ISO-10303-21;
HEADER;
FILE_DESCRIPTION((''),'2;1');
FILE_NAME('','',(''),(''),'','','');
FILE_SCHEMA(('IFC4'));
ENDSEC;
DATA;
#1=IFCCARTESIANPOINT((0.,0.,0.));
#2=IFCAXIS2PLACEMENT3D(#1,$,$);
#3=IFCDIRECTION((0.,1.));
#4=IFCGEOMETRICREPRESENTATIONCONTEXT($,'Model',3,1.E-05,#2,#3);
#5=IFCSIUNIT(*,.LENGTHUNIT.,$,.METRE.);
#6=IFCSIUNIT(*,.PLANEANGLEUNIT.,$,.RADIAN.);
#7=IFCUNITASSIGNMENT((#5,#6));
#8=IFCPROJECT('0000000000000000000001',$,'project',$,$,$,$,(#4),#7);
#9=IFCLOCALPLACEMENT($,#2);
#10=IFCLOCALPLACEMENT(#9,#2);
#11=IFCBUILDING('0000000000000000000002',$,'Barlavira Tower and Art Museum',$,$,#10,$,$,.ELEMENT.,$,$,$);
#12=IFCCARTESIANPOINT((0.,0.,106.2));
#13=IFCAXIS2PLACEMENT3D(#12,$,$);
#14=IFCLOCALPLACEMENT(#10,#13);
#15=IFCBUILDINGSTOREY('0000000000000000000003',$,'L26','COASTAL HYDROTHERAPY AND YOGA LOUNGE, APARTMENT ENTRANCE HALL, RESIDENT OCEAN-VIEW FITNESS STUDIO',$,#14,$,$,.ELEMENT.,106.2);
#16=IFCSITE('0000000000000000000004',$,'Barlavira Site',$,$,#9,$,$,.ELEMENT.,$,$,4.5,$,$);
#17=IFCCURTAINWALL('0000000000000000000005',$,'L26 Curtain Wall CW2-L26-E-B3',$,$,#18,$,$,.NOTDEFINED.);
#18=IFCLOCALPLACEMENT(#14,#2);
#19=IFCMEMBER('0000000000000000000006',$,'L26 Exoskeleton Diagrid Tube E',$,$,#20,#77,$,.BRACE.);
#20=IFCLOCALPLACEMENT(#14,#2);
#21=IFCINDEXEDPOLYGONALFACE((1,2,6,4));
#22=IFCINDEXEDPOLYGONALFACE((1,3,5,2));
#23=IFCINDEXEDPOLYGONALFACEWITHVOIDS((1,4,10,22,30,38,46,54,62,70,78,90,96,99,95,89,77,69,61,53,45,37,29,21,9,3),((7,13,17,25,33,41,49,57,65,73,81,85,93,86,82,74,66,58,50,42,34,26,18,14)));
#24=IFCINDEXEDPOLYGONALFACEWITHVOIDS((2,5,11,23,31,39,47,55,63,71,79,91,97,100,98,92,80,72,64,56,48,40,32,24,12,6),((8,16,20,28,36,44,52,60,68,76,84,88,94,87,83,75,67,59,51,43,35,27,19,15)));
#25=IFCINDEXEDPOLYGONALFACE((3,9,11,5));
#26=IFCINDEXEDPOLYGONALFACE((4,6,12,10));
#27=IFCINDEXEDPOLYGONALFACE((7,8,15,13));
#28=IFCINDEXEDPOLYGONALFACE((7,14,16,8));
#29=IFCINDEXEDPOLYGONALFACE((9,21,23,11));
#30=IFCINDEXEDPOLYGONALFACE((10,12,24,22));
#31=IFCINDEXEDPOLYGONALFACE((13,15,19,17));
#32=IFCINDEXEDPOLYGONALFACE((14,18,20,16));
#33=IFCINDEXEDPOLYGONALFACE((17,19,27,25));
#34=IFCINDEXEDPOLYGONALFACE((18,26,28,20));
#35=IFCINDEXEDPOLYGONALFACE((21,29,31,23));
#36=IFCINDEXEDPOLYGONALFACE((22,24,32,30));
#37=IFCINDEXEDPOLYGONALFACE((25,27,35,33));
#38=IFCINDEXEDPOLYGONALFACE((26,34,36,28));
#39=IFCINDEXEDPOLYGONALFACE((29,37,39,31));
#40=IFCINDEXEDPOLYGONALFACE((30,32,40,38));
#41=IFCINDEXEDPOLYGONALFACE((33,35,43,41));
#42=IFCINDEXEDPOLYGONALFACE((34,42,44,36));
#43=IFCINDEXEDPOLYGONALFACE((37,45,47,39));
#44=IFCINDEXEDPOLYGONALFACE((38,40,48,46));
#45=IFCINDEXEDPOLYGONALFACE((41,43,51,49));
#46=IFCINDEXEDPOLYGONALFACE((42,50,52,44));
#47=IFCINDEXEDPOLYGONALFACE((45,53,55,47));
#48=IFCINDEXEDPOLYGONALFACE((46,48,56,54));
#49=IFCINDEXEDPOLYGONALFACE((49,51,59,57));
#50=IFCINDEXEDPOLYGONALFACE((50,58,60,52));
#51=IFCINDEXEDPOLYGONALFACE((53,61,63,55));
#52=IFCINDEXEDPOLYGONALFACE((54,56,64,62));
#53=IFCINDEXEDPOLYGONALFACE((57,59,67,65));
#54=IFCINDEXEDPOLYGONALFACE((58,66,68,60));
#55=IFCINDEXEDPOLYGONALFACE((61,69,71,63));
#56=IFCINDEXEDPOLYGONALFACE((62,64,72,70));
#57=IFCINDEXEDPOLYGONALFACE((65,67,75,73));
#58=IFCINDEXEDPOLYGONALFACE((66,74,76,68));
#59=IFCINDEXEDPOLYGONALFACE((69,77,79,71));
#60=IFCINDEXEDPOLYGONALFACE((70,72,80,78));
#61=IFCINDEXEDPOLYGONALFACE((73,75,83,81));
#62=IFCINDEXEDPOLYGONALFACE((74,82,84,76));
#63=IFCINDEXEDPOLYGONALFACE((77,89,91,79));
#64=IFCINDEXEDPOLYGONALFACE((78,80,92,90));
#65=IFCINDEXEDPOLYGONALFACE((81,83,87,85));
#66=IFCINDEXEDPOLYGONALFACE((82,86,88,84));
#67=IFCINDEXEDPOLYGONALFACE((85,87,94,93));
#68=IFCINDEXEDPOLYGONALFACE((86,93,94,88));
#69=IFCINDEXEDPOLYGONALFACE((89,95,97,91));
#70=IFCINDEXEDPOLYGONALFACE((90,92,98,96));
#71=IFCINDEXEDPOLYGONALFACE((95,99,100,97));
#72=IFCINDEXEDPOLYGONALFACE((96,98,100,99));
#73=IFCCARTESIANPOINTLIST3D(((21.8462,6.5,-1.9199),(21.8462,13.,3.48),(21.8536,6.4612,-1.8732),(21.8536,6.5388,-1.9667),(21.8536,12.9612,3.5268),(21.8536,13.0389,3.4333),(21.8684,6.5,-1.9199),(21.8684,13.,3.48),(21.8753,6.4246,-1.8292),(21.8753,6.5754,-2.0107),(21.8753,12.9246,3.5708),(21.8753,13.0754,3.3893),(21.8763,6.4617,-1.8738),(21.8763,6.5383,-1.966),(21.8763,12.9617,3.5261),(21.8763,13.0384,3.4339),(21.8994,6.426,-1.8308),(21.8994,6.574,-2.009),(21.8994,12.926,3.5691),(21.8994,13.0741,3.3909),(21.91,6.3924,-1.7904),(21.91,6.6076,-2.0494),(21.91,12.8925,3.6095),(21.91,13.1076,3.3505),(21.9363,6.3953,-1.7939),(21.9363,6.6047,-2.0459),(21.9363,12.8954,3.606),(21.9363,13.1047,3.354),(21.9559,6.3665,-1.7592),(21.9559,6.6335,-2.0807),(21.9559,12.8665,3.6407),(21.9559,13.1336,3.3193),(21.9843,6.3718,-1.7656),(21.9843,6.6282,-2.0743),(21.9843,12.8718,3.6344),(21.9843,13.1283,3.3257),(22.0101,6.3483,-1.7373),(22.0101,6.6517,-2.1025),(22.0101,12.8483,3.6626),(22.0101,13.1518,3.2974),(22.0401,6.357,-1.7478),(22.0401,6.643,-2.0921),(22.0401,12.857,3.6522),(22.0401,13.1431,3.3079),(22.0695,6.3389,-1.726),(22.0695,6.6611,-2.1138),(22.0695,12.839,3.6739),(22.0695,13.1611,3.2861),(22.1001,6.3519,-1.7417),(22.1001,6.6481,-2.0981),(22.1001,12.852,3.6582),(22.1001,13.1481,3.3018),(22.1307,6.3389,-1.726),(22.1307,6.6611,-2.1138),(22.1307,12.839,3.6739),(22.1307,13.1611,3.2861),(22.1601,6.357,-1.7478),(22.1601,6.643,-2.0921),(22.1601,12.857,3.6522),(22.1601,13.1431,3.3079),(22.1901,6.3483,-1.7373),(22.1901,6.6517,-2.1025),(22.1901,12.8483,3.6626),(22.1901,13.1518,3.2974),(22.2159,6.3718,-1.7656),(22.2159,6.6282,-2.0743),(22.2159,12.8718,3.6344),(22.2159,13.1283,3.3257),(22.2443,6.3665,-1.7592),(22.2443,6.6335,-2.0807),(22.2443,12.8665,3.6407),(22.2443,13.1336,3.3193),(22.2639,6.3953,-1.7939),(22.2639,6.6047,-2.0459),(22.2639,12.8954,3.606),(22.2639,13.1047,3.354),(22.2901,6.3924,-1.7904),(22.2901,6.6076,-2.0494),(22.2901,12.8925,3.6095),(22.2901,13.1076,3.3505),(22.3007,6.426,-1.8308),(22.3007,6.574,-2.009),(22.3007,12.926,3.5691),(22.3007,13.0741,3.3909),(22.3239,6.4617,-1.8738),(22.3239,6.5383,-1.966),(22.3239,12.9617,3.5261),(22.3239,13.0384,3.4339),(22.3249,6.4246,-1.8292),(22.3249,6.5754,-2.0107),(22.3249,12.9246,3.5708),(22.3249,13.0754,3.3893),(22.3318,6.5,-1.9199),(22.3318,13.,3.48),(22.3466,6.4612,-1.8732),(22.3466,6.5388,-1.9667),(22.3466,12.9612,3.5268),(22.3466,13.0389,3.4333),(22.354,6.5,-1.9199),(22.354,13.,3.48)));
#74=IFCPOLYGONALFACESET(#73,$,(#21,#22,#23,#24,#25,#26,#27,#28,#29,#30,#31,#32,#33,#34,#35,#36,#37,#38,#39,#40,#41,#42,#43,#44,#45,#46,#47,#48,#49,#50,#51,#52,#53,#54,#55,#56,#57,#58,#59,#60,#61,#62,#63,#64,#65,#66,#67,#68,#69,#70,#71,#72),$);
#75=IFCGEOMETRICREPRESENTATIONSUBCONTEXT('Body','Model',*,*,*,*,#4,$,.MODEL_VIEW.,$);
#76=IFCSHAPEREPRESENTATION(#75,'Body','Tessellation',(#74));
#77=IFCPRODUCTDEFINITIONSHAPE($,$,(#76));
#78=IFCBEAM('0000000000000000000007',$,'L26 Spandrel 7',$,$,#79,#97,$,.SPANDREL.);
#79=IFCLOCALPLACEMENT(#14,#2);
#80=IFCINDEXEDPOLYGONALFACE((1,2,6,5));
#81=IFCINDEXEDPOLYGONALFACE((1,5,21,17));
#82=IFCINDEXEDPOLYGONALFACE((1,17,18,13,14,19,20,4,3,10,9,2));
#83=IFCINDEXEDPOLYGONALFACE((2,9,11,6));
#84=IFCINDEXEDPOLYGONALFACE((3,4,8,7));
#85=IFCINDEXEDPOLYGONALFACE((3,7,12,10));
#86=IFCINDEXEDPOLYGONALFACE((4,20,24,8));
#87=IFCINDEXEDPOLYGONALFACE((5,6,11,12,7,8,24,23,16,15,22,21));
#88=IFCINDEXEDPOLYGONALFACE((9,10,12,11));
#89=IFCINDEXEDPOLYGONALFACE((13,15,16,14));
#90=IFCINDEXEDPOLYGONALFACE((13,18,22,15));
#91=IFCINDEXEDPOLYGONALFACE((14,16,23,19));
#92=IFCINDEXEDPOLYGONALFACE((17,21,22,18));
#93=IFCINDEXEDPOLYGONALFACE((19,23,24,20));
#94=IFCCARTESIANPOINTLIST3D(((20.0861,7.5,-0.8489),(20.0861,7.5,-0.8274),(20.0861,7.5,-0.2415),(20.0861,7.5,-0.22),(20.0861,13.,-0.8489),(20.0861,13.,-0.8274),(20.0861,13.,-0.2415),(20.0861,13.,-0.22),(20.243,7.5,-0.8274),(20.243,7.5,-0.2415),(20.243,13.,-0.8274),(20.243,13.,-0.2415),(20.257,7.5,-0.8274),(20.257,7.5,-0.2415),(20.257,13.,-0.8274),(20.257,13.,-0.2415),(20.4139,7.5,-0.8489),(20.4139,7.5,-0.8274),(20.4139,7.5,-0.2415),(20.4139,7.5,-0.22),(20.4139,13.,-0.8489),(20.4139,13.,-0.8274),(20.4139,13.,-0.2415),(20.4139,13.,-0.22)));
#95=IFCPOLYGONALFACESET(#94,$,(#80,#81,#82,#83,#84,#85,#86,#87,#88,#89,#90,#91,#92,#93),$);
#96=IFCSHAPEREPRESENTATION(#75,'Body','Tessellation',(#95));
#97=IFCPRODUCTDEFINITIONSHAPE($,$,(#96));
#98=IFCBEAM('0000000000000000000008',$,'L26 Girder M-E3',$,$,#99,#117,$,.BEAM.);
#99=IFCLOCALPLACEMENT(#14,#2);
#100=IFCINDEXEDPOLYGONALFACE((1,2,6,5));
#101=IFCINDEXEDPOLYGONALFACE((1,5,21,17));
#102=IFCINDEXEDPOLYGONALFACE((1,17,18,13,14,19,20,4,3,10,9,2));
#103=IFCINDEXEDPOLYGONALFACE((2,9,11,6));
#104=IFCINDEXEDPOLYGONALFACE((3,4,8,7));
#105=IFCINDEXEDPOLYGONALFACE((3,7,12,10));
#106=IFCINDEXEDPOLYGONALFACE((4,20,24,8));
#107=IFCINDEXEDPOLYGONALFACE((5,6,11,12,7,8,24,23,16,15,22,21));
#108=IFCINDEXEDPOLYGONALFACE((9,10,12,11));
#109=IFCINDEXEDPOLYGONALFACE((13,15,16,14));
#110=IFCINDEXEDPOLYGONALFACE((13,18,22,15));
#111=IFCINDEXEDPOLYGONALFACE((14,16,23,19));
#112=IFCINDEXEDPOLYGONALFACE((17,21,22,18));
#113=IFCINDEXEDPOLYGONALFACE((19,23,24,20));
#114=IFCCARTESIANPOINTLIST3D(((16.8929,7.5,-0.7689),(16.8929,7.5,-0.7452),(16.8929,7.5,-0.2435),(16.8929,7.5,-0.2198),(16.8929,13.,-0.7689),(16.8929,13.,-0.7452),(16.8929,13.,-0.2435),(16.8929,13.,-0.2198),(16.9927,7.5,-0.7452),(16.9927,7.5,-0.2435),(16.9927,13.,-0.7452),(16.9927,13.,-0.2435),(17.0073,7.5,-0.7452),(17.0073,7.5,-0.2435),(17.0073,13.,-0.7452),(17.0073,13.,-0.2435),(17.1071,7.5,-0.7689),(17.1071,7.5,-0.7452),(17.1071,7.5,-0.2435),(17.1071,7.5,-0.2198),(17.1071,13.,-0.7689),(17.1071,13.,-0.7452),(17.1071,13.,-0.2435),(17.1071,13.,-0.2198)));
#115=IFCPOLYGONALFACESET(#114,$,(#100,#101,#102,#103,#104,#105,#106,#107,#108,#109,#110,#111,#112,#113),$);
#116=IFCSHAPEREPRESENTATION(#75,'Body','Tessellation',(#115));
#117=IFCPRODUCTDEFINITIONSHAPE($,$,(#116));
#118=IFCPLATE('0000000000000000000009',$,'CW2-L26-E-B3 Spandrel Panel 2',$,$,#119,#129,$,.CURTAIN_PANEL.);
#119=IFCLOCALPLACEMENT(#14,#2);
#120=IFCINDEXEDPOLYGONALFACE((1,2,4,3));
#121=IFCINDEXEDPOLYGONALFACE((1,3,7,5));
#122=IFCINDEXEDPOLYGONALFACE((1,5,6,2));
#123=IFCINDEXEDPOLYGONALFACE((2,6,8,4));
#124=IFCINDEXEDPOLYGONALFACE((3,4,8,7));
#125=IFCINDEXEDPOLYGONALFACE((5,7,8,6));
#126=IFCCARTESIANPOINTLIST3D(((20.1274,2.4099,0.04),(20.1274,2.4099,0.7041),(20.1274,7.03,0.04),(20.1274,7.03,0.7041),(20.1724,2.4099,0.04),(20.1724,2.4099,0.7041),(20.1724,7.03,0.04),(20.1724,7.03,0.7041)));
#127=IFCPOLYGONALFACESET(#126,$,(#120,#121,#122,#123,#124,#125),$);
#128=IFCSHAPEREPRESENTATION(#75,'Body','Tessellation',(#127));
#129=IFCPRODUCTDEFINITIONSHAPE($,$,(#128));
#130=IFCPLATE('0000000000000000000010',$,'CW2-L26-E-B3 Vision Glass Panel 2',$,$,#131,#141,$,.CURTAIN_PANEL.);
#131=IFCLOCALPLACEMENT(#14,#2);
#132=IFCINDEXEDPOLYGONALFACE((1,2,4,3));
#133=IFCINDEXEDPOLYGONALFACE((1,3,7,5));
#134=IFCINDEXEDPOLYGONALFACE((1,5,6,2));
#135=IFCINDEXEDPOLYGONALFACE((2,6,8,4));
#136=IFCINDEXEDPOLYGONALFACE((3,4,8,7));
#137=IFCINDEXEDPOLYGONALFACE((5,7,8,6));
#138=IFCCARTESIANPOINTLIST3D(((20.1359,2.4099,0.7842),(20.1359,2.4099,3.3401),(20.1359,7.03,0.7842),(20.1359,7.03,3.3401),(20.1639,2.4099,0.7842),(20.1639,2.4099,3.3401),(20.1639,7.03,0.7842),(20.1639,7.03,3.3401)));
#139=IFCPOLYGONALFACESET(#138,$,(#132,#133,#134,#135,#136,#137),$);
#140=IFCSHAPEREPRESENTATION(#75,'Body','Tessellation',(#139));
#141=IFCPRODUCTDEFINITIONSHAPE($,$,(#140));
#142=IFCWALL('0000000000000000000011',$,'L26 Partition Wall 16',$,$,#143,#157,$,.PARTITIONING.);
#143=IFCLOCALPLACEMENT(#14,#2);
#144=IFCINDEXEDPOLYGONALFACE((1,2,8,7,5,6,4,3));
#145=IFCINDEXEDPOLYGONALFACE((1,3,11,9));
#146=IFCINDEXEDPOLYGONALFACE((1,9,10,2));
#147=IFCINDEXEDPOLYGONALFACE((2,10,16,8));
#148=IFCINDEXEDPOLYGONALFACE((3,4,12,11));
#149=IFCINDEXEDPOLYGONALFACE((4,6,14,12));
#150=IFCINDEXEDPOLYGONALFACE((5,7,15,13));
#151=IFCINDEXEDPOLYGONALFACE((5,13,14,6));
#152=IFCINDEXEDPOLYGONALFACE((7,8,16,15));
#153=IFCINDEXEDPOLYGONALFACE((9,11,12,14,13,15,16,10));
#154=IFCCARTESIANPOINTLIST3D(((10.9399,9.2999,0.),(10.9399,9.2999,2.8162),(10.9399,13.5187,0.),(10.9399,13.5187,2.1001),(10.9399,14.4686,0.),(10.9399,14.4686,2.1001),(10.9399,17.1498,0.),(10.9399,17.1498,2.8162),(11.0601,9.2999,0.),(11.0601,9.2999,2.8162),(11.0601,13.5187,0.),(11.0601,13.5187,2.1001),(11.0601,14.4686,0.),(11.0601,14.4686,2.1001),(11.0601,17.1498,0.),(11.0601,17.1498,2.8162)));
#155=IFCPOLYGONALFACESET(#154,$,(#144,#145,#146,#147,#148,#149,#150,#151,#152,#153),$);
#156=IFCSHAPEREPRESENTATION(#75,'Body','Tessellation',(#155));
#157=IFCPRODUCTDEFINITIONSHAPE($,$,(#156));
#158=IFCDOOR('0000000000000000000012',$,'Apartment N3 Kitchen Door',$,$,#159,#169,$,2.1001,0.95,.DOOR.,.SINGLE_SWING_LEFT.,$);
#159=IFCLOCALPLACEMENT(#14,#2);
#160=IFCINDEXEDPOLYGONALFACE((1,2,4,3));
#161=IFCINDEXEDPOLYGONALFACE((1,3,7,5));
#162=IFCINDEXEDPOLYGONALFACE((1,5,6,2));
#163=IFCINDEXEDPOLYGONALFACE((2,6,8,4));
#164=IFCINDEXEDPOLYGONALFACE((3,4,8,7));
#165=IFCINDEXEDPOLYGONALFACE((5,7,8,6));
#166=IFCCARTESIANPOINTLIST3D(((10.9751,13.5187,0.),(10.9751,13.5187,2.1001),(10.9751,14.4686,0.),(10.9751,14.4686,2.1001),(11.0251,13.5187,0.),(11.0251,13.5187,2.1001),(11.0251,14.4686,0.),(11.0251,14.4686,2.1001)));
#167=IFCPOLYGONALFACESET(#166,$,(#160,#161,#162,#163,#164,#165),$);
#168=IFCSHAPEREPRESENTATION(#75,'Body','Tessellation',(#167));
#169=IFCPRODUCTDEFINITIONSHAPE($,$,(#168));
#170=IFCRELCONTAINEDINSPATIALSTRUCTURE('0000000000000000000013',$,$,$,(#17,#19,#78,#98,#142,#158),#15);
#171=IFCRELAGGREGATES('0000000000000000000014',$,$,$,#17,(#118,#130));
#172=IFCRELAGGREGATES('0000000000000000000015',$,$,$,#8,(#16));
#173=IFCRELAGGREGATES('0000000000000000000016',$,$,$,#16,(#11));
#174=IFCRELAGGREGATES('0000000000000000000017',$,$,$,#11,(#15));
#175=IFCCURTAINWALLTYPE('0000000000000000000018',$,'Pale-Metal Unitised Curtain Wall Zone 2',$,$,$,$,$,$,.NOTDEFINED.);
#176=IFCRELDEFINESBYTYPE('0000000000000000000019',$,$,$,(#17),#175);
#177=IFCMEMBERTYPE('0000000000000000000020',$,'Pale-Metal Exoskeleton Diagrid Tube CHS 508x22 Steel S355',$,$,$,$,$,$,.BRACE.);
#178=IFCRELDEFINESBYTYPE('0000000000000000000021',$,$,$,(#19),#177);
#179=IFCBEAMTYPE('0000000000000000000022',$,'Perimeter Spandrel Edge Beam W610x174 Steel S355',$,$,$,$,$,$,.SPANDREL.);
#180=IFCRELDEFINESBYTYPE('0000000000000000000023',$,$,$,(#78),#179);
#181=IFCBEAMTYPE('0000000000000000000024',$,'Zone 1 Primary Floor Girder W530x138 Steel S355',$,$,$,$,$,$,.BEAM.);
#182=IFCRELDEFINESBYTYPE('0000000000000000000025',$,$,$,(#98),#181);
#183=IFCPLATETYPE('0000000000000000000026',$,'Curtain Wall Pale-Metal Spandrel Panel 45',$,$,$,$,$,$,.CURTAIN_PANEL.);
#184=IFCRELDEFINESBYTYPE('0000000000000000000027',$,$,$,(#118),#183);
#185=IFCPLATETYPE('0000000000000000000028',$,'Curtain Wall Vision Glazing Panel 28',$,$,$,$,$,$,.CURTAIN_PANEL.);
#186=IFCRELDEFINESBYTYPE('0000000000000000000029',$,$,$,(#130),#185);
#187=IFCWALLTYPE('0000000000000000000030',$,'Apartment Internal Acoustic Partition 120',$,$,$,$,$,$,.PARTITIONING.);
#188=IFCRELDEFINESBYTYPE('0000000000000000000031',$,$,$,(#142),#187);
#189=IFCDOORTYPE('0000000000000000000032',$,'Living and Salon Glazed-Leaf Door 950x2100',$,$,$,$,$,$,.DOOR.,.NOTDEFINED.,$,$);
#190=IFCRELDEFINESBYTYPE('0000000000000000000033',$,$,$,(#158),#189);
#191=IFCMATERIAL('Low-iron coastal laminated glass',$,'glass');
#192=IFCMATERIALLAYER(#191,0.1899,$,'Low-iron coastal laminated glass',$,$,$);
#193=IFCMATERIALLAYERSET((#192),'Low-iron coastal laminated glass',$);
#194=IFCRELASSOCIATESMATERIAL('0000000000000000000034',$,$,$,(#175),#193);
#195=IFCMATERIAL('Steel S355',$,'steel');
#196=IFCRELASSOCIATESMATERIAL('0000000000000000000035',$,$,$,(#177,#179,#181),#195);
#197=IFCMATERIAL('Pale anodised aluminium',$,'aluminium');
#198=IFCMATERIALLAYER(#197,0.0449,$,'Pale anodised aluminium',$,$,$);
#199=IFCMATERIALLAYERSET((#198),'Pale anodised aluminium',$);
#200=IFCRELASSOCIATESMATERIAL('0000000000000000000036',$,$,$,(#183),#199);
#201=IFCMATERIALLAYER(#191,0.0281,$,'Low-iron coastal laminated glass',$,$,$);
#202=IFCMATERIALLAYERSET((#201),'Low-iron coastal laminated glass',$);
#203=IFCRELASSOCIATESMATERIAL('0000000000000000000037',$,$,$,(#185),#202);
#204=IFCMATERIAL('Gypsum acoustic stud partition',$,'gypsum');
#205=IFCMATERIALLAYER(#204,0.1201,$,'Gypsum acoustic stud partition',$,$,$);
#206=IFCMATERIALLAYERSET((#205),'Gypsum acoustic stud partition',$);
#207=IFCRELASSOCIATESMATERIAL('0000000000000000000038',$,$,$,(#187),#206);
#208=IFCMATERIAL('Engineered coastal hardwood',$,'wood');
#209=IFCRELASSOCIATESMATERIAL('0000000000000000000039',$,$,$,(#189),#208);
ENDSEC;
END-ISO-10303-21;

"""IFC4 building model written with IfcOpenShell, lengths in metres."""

from ifc_helpers import new_model, si_unit, direction, frame, frame_2d, origin, origin_2d, place, context, subcontext, project, spatial, rectangle, hollow_circle, i_section, extrude, material, layer, layer_set, material_profile, profile_set, type_object, element, fill, aggregate, save


model = new_model("IFC4")

# Units and contexts
model_context = context("Model", 3, precision=1e-05, world=origin(), true_north=direction((0.0, 1.0)))
body_context = subcontext(model_context, "Body", "Model", "MODEL_VIEW")
ifc_project = project(units=[si_unit("LENGTHUNIT", "METRE"), si_unit("PLANEANGLEUNIT", "RADIAN")], contexts=[model_context])

# Site, building, storey
site_placement = place(None, origin())
site = spatial("IfcSite", under=ifc_project, at=site_placement, Name="Barlavira Site", CompositionType="ELEMENT", RefElevation=4.5)
building_placement = place(site_placement, origin())
building = spatial("IfcBuilding", under=site, at=building_placement, Name="Barlavira Tower and Art Museum", CompositionType="ELEMENT")
storey_placement = place(building_placement, frame((0.0, 0.0, 106.2)))
storey = spatial("IfcBuildingStorey", under=building, at=storey_placement, Name="L26", Description="COASTAL HYDROTHERAPY AND YOGA LOUNGE, APARTMENT ENTRANCE HALL, RESIDENT OCEAN-VIEW FITNESS STUDIO", CompositionType="ELEMENT", Elevation=106.2)

# Curtain wall
ifc_material_1 = material(Name="Low-iron coastal laminated glass", Category="glass")
ifc_layer_1 = layer(ifc_material_1, 0.1899, Name="Low-iron coastal laminated glass")
ifc_layer_set_1 = layer_set([ifc_layer_1], Name="Low-iron coastal laminated glass")
curtain_wall_type = type_object("IfcCurtainWallType", Name="Pale-Metal Unitised Curtain Wall Zone 2", PredefinedType="NOTDEFINED", material=ifc_layer_set_1)
curtain_wall_placement = place(storey_placement, origin())
curtain_wall = element("IfcCurtainWall", 1, at=curtain_wall_placement, inside=storey, type_object=curtain_wall_type, Name="L26 Curtain Wall CW2-L26-E-B3", PredefinedType="NOTDEFINED")
ifc_material_2 = material(Name="Pale anodised aluminium", Category="aluminium")

# Member
ifc_material_3 = material(Name="Steel S355", Category="steel")
ifc_material_profile_1 = material_profile(ifc_material_3, hollow_circle(Radius=0.2539, WallThickness=0.0222, at=origin_2d()), Name="CHS 508.0x22.2")
ifc_profile_set_1 = profile_set([ifc_material_profile_1], Name="Steel S355")
member_type_1 = type_object("IfcMemberType", Name="Pale-Metal Exoskeleton Diagrid Tube CHS 508x22 Steel S355", PredefinedType="BRACE", material=ifc_profile_set_1)
for number, where, z_axis, x_axis, name in (
    (2, (22.1001, 6.5, -1.9199), (0.0, 0.769196, 0.639013), (-1.0, 0.0, 0.0), "L26 Exoskeleton Diagrid Tube E"),
):
    element("IfcMember", number, at=place(storey_placement, frame(where, z_axis=z_axis, x_axis=x_axis)), inside=storey, type_object=member_type_1, Name=name, PredefinedType="BRACE", context=body_context, shape_type="SweptSolid", body=[
        extrude(hollow_circle(Radius=0.2539, WallThickness=0.0222, at=origin_2d()), origin(), (0.0, 0.0, 1.0), 8.4504),
    ])

# Beams
ifc_material_profile_2 = material_profile(ifc_material_3, i_section(OverallWidth=0.3279, OverallDepth=0.6289, WebThickness=0.0139, FlangeThickness=0.0215, at=origin_2d()), Name="W610x174.0")
ifc_profile_set_2 = profile_set([ifc_material_profile_2], Name="Steel S355")
beam_type_1 = type_object("IfcBeamType", Name="Perimeter Spandrel Edge Beam W610x174 Steel S355", PredefinedType="SPANDREL", material=ifc_profile_set_2)
beam_1_placement = place(storey_placement, frame((20.25, 7.5, -0.5344), z_axis=(0.0, 1.0, 0.0), x_axis=(-1.0, 0.0, 0.0)))
element("IfcBeam", 3, at=beam_1_placement, inside=storey, type_object=beam_type_1, Name="L26 Spandrel 7", PredefinedType="SPANDREL", context=body_context, shape_type="SweptSolid", body=[
    extrude(i_section(OverallWidth=0.3279, OverallDepth=0.6289, WebThickness=0.0139, FlangeThickness=0.0215, at=origin_2d()), origin(), (0.0, 0.0, 1.0), 5.5),
])
ifc_material_profile_3 = material_profile(ifc_material_3, i_section(OverallWidth=0.2141, OverallDepth=0.5491, WebThickness=0.0146, FlangeThickness=0.0237, at=origin_2d()), Name="W530x138.0")
ifc_profile_set_3 = profile_set([ifc_material_profile_3], Name="Steel S355")
beam_type_2 = type_object("IfcBeamType", Name="Zone 1 Primary Floor Girder W530x138 Steel S355", PredefinedType="BEAM", material=ifc_profile_set_3)
beam_2_placement = place(storey_placement, frame((17.0, 7.5, -0.4944), z_axis=(0.0, 1.0, 0.0), x_axis=(-1.0, 0.0, 0.0)))
element("IfcBeam", 4, at=beam_2_placement, inside=storey, type_object=beam_type_2, Name="L26 Girder M-E3", PredefinedType="BEAM", context=body_context, shape_type="SweptSolid", body=[
    extrude(i_section(OverallWidth=0.2141, OverallDepth=0.5491, WebThickness=0.0146, FlangeThickness=0.0237, at=origin_2d()), origin(), (0.0, 0.0, 1.0), 5.5),
])

# Plates
ifc_layer_2 = layer(ifc_material_2, 0.0449, Name="Pale anodised aluminium")
ifc_layer_set_2 = layer_set([ifc_layer_2], Name="Pale anodised aluminium")
plate_type_1 = type_object("IfcPlateType", Name="Curtain Wall Pale-Metal Spandrel Panel 45", PredefinedType="CURTAIN_PANEL", material=ifc_layer_set_2)
plate_1_placement = place(storey_placement, frame((20.1499, 4.72, 0.04), z_axis=(0.0, 0.0, 1.0), x_axis=(0.0, 1.0, 0.0)))
plate_1 = element("IfcPlate", 5, at=plate_1_placement, type_object=plate_type_1, Name="CW2-L26-E-B3 Spandrel Panel 2", PredefinedType="CURTAIN_PANEL", context=body_context, shape_type="SweptSolid", body=[
    extrude(rectangle(XDim=4.6201, YDim=0.0449, at=origin_2d()), origin(), (0.0, 0.0, 1.0), 0.6641),
])
ifc_layer_3 = layer(ifc_material_1, 0.0281, Name="Low-iron coastal laminated glass")
ifc_layer_set_3 = layer_set([ifc_layer_3], Name="Low-iron coastal laminated glass")
plate_type_2 = type_object("IfcPlateType", Name="Curtain Wall Vision Glazing Panel 28", PredefinedType="CURTAIN_PANEL", material=ifc_layer_set_3)
plate_2_placement = place(storey_placement, frame((20.1499, 4.72, 0.7842), z_axis=(0.0, 0.0, 1.0), x_axis=(0.0, 1.0, 0.0)))
plate_2 = element("IfcPlate", 6, at=plate_2_placement, type_object=plate_type_2, Name="CW2-L26-E-B3 Vision Glass Panel 2", PredefinedType="CURTAIN_PANEL", context=body_context, shape_type="SweptSolid", body=[
    extrude(rectangle(XDim=4.6201, YDim=0.0281, at=origin_2d()), origin(), (0.0, 0.0, 1.0), 2.5559),
])
aggregate(curtain_wall, [plate_1, plate_2])

# Wall, opening, door
ifc_material_4 = material(Name="Gypsum acoustic stud partition", Category="gypsum")
ifc_layer_4 = layer(ifc_material_4, 0.1201, Name="Gypsum acoustic stud partition")
ifc_layer_set_4 = layer_set([ifc_layer_4], Name="Gypsum acoustic stud partition")
wall_type_1 = type_object("IfcWallType", Name="Apartment Internal Acoustic Partition 120", PredefinedType="PARTITIONING", material=ifc_layer_set_4)
wall_1_placement = place(storey_placement, frame((11.0, 9.3, 0.0), z_axis=(0.0, 0.0, 1.0), x_axis=(0.0, 1.0, 0.0)))
wall_1 = element("IfcWall", 7, at=wall_1_placement, inside=storey, type_object=wall_type_1, Name="L26 Partition Wall 16", PredefinedType="PARTITIONING", context=body_context, shape_type="SweptSolid", body=[
    extrude(rectangle(XDim=7.8499, YDim=0.1201, at=frame_2d((3.9248, 0.0))), origin(), (0.0, 0.0, 1.0), 2.8162),
])
opening_1_placement = place(wall_1_placement, frame((4.2185, 0.0, 0.0)))
opening_1 = element("IfcOpeningElement", 8, at=opening_1_placement, cuts=wall_1, PredefinedType="OPENING", context=body_context, shape_type="SweptSolid", body=[
    extrude(rectangle(XDim=0.95, YDim=2.1001, at=frame_2d((0.4751, 1.05))), frame((0.0, 0.0701, 0.0), z_axis=(0.0, -1.0, 0.0), x_axis=(1.0, 0.0, 0.0)), (0.0, 0.0, 1.0), 0.1401),
])
ifc_material_5 = material(Name="Engineered coastal hardwood", Category="wood")
door_type_1 = type_object("IfcDoorType", Name="Living and Salon Glazed-Leaf Door 950x2100", OperationType="NOTDEFINED", PredefinedType="DOOR", material=ifc_material_5)
door_1_placement = place(opening_1_placement, origin())
door_1 = element("IfcDoor", 9, at=door_1_placement, inside=storey, type_object=door_type_1, Name="Apartment N3 Kitchen Door", OperationType="SINGLE_SWING_LEFT", OverallHeight=2.1001, OverallWidth=0.95, PredefinedType="DOOR", context=body_context, shape_type="SweptSolid", body=[
    extrude(rectangle(XDim=0.95, YDim=2.1001, at=frame_2d((0.4751, 1.05))), frame((0.0, 0.0249, 0.0), z_axis=(0.0, -1.0, 0.0), x_axis=(1.0, 0.0, 0.0)), (0.0, 0.0, 1.0), 0.05),
])
fill(opening_1, door_1)

save(model, "model.ifc")
